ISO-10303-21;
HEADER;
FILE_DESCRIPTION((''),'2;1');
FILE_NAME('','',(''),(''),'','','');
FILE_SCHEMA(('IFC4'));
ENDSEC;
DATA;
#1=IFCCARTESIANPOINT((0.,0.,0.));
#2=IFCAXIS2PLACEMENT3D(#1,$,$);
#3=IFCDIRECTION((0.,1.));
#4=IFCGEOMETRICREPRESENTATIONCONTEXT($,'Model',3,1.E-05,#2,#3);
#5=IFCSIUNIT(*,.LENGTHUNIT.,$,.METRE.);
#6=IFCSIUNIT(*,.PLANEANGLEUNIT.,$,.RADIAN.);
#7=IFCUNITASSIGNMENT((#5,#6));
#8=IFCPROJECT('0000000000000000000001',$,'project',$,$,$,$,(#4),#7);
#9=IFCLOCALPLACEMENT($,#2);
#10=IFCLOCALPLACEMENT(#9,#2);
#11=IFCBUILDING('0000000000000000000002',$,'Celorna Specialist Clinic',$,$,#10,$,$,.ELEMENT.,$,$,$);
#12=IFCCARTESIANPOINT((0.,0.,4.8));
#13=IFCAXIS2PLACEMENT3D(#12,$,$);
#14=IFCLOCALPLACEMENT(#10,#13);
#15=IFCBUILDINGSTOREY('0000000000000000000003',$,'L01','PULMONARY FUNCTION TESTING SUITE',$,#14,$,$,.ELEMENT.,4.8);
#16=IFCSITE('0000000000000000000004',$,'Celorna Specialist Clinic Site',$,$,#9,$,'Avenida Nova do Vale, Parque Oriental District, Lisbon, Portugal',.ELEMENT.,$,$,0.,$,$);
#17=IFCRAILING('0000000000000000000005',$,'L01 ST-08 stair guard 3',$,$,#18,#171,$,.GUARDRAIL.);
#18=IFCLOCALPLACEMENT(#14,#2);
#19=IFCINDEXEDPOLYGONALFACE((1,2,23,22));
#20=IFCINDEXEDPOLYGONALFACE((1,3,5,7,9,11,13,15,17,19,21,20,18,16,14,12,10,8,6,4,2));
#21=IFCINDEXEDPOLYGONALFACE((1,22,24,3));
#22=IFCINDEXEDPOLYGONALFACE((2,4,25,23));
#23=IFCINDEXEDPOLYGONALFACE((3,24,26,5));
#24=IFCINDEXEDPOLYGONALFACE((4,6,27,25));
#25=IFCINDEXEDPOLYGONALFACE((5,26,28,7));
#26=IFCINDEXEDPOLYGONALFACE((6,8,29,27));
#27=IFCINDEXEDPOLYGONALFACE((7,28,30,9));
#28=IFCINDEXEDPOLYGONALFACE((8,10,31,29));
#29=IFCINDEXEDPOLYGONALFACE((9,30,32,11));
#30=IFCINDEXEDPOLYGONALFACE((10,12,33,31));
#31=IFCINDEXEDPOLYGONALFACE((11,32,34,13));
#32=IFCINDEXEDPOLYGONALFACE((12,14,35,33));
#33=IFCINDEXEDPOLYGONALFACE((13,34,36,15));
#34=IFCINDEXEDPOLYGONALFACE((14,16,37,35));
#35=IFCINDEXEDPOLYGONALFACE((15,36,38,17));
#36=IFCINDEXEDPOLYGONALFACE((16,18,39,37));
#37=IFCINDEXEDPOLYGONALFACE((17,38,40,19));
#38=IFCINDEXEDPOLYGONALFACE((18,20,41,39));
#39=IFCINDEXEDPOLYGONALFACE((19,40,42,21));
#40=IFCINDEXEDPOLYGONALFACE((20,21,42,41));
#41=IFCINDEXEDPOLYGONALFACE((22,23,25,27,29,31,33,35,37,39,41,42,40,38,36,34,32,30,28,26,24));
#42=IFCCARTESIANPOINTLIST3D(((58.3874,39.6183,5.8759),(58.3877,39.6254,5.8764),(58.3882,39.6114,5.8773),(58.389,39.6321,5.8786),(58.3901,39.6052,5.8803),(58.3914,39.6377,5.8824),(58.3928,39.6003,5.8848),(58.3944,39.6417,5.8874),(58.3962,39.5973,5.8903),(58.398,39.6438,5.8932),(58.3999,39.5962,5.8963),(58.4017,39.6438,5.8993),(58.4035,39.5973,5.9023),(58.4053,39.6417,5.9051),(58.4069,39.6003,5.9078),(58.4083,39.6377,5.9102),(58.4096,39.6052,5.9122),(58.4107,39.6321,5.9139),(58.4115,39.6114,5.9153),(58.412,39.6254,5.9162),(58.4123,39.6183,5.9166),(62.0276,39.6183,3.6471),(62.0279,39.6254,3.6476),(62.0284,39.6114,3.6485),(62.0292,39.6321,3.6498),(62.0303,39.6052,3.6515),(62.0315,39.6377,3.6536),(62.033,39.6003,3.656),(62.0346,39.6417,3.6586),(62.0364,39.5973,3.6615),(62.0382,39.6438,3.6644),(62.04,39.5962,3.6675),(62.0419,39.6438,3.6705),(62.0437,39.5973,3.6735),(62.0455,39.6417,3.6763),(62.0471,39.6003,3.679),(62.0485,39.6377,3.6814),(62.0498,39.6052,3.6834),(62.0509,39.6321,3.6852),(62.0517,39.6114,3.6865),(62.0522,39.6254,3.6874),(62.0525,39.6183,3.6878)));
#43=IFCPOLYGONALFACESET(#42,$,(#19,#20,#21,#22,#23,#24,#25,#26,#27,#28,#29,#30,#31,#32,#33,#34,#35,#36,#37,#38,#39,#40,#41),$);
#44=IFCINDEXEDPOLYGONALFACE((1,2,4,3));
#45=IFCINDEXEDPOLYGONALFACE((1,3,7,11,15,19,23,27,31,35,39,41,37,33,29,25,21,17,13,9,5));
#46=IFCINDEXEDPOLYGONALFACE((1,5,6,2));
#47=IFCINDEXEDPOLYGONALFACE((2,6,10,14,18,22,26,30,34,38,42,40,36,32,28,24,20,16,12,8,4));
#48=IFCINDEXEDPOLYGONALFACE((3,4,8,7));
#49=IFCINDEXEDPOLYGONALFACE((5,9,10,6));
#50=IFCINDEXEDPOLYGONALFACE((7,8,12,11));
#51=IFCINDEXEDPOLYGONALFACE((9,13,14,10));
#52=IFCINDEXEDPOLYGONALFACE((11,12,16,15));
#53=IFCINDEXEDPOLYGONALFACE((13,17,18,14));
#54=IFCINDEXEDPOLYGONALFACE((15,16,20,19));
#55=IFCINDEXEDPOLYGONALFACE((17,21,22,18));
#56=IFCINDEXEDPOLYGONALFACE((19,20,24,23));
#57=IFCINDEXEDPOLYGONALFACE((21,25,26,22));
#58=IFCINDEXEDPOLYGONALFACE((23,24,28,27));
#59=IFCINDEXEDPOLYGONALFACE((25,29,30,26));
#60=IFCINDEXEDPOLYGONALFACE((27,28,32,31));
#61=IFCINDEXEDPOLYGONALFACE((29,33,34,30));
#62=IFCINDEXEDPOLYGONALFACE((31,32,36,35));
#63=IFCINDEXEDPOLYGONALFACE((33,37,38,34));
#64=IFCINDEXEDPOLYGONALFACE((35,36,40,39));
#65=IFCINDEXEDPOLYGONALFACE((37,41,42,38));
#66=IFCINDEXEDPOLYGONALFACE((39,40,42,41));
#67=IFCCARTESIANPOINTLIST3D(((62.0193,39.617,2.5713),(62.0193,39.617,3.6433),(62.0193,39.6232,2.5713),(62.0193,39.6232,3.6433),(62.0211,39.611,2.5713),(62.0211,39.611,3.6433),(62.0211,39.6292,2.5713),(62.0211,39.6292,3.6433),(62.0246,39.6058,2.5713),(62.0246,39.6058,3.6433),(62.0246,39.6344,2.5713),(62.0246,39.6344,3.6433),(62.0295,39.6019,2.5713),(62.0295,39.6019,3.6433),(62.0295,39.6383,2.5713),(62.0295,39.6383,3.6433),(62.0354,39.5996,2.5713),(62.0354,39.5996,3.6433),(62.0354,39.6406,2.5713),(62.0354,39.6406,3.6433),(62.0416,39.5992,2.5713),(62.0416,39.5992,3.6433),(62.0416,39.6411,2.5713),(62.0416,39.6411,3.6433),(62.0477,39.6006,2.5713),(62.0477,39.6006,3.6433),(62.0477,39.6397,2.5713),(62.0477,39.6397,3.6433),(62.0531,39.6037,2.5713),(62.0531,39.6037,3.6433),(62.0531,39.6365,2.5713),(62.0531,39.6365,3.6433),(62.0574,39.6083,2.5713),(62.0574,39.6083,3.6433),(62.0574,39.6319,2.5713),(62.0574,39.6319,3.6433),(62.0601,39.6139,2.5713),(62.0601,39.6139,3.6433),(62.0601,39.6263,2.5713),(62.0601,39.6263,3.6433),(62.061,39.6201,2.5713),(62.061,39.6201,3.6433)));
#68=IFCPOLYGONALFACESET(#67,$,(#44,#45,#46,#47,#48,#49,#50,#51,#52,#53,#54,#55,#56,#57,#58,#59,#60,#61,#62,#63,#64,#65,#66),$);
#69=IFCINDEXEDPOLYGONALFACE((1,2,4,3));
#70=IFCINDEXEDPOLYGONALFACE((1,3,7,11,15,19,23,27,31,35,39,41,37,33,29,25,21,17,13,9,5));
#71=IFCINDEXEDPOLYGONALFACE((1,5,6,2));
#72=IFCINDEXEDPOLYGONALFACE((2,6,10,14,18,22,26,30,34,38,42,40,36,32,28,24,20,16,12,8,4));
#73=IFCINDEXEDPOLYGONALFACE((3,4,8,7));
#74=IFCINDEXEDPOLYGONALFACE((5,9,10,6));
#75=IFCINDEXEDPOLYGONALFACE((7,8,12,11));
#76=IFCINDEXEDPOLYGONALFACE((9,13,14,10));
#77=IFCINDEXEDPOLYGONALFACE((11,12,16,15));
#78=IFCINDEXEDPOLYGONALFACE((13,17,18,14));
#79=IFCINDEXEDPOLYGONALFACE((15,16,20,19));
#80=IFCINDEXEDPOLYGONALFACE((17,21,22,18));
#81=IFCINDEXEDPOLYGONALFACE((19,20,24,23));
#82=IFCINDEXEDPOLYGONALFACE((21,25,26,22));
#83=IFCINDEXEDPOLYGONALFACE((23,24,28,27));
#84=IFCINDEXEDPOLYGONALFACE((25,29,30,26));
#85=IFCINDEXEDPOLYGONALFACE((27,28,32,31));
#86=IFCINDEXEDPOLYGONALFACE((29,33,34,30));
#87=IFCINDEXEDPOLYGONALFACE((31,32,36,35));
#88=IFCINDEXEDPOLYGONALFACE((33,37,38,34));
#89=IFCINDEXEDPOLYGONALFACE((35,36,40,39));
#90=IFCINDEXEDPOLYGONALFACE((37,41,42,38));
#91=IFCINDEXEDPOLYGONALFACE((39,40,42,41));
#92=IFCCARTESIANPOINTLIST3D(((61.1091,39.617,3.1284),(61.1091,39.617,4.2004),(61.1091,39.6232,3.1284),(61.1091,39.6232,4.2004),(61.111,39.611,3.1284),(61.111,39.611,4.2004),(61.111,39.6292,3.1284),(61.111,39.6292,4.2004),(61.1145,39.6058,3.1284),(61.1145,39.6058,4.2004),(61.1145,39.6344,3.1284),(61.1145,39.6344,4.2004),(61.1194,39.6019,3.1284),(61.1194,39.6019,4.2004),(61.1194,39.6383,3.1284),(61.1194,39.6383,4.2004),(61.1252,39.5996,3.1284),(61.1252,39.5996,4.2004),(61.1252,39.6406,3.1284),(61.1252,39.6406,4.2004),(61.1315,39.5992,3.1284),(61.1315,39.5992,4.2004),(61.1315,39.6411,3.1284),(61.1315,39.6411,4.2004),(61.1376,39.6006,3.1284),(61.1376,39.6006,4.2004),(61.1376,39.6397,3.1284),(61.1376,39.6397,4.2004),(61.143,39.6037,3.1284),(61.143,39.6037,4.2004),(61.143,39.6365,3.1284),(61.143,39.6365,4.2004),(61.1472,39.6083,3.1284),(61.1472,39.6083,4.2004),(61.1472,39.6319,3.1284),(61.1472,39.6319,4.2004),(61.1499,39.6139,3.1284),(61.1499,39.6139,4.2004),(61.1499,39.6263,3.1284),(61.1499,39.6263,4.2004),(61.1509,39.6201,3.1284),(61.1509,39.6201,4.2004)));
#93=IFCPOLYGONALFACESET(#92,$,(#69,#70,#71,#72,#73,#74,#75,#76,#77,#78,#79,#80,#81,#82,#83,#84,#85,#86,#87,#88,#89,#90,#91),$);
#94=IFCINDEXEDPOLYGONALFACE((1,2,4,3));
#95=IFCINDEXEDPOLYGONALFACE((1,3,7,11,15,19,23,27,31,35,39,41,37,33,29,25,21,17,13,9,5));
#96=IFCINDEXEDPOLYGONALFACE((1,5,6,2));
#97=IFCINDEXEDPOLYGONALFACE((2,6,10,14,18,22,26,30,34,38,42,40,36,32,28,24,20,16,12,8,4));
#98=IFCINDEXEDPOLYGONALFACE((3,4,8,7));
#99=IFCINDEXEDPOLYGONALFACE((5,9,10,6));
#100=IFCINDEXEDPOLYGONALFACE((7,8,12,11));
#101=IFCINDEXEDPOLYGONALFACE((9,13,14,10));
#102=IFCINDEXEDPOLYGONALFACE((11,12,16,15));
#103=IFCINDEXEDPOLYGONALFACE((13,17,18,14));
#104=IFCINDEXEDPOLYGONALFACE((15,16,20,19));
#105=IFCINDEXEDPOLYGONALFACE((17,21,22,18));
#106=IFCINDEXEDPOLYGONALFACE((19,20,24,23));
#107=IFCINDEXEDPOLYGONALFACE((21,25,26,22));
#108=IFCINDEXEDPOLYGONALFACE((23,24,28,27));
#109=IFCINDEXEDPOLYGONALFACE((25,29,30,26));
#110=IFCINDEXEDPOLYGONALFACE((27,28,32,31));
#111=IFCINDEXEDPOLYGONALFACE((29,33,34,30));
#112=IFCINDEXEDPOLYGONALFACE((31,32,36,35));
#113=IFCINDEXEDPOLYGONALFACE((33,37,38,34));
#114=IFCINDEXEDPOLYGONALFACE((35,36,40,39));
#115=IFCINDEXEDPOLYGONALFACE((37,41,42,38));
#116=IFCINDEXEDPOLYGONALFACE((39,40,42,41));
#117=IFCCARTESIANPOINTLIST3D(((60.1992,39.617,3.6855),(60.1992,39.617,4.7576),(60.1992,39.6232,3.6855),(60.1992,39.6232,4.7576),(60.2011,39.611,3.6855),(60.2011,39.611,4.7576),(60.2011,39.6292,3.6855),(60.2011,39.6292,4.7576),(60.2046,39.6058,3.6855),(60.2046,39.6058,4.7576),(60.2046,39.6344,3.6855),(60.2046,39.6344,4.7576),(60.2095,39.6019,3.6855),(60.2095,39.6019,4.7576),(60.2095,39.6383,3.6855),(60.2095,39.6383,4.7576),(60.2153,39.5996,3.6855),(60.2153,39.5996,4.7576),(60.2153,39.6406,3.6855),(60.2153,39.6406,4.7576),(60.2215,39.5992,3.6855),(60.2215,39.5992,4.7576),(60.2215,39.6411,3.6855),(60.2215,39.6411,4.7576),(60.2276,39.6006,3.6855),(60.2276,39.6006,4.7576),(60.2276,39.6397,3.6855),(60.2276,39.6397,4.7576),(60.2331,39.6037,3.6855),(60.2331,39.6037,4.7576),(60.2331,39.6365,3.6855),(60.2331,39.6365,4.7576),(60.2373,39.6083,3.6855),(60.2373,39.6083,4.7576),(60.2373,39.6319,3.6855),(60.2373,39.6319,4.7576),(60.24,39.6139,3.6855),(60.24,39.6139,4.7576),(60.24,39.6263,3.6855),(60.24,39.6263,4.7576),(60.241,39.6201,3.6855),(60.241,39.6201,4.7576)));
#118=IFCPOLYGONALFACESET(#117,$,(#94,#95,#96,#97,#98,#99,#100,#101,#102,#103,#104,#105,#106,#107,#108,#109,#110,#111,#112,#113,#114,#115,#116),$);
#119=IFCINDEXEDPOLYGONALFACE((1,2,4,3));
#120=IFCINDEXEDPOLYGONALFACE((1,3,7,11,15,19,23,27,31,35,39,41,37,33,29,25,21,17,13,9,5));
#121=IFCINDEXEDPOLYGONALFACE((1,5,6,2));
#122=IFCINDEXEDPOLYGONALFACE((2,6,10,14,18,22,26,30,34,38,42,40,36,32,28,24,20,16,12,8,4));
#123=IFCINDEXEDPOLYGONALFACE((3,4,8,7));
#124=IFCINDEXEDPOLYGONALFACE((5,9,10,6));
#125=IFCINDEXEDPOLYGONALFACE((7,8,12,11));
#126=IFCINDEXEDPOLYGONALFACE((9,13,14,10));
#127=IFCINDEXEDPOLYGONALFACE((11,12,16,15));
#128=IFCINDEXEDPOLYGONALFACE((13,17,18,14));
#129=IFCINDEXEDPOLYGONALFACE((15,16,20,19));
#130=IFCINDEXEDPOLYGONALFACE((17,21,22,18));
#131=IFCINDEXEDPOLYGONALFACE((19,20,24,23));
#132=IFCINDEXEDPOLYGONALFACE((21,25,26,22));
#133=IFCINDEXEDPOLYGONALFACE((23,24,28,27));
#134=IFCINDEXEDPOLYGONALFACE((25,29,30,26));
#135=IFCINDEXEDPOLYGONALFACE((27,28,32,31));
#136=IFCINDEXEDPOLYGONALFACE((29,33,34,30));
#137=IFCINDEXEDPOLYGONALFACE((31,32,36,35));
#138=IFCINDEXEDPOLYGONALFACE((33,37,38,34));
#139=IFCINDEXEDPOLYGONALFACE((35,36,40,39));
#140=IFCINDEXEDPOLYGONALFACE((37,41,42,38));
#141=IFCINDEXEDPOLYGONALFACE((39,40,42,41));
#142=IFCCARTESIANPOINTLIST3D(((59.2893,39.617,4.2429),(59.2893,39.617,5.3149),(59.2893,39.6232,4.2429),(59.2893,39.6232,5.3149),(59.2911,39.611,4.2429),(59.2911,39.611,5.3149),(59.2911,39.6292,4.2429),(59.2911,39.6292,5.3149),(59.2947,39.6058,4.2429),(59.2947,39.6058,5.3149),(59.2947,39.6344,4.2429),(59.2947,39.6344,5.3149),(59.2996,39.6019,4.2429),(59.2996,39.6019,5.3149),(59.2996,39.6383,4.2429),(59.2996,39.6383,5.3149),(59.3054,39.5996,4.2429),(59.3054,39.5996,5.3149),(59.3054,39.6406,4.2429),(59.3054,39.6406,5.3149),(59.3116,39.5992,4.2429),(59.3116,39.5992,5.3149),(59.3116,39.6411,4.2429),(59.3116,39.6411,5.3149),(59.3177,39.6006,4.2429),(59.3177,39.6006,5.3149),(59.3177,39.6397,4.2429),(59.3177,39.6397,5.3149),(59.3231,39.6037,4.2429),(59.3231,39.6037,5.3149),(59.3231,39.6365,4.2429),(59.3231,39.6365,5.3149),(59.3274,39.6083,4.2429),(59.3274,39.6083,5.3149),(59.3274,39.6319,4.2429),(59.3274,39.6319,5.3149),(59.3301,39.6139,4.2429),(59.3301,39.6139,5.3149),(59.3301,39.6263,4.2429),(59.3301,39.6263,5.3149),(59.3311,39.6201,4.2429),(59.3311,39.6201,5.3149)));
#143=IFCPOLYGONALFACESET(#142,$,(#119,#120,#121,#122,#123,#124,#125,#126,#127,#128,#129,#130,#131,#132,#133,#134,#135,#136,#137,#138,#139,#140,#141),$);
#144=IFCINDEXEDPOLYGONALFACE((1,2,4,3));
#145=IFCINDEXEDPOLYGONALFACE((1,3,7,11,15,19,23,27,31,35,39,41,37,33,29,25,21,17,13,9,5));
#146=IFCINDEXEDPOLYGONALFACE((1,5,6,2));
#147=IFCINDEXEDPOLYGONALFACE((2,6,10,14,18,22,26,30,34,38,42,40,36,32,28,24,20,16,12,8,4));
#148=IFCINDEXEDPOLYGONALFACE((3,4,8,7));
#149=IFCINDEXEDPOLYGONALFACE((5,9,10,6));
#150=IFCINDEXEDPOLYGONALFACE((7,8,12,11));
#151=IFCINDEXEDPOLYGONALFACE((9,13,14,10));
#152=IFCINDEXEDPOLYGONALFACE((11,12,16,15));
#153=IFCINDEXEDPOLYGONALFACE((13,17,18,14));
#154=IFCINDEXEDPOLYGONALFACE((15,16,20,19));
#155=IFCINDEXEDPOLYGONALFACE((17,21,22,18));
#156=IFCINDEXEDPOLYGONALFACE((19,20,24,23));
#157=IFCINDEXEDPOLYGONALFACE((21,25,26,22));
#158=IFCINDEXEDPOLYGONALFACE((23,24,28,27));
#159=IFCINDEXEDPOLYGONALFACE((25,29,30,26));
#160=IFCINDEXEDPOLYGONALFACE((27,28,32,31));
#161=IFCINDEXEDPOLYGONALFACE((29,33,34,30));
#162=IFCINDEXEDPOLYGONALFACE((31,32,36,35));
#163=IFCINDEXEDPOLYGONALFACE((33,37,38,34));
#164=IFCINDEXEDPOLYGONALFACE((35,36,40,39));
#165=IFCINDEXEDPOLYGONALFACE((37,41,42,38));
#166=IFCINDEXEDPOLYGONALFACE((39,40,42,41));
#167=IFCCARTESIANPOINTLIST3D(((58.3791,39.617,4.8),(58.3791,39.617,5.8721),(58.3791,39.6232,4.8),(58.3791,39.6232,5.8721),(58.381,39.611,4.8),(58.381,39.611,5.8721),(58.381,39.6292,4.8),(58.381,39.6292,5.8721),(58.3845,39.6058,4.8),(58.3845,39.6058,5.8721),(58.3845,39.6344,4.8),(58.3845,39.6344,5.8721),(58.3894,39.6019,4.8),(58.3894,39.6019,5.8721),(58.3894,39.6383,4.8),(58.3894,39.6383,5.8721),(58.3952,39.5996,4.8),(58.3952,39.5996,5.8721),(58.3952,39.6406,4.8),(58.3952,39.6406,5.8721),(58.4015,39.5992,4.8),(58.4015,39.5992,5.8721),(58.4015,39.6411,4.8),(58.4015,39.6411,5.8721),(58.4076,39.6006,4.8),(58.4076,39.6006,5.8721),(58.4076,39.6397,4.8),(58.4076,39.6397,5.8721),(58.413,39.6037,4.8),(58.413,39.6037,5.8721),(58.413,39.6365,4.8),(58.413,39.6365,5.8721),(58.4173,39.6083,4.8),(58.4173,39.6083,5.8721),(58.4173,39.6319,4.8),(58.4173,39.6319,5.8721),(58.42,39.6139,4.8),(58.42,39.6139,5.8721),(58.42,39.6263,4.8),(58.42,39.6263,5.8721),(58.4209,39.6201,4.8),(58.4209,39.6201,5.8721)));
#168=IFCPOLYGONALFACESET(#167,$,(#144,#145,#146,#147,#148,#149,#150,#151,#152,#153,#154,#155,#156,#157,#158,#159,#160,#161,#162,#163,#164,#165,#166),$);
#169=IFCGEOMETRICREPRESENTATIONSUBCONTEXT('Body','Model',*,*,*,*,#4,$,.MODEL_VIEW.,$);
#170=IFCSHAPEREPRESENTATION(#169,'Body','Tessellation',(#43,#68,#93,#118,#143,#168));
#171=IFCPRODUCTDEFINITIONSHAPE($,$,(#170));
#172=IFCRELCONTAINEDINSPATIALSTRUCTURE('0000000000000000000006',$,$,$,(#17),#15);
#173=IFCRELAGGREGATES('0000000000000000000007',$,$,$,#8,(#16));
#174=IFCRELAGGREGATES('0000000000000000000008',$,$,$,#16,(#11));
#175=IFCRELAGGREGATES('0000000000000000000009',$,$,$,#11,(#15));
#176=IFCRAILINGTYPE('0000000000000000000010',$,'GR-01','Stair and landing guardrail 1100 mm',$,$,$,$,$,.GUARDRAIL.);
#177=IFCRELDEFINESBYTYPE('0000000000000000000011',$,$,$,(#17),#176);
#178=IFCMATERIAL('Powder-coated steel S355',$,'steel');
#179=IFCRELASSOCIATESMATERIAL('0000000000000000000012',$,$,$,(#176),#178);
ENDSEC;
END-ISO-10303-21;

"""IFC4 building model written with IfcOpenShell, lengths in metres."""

from ifc_helpers import new_model, si_unit, direction, frame, origin, origin_2d, place, context, subcontext, project, spatial, circle, extrude, material, type_object, element, save


model = new_model("IFC4")

# Units and contexts
model_context = context("Model", 3, precision=1e-05, world=origin(), true_north=direction((0.0, 1.0)))
body_context = subcontext(model_context, "Body", "Model", "MODEL_VIEW")
ifc_project = project(units=[si_unit("LENGTHUNIT", "METRE"), si_unit("PLANEANGLEUNIT", "RADIAN")], contexts=[model_context])

# Site, building, storey
site_placement = place(None, origin())
site = spatial("IfcSite", under=ifc_project, at=site_placement, Name="Celorna Specialist Clinic Site", LongName="Avenida Nova do Vale, Parque Oriental District, Lisbon, Portugal", CompositionType="ELEMENT", RefElevation=0.0)
building_placement = place(site_placement, origin())
building = spatial("IfcBuilding", under=site, at=building_placement, Name="Celorna Specialist Clinic", CompositionType="ELEMENT")
storey_placement = place(building_placement, frame((0.0, 0.0, 4.8)))
storey = spatial("IfcBuildingStorey", under=building, at=storey_placement, Name="L01", Description="PULMONARY FUNCTION TESTING SUITE", CompositionType="ELEMENT", Elevation=4.8)

# Railing
ifc_material_1 = material(Name="Powder-coated steel S355", Category="steel")
railing_type_1 = type_object("IfcRailingType", Name="GR-01", Description="Stair and landing guardrail 1100 mm", PredefinedType="GUARDRAIL", material=ifc_material_1)
railing_1_placement = place(storey_placement, frame((62.04, 39.6201, 2.5713)))
element("IfcRailing", 1, at=railing_1_placement, inside=storey, type_object=railing_type_1, Name="L01 ST-08 stair guard 3", PredefinedType="GUARDRAIL", context=body_context, shape_type="SweptSolid", body=[
    extrude(circle(Radius=0.0239, at=origin_2d()), frame((0.0, 0.0, 1.0962), z_axis=(-0.85284, 0.0, 0.522172), x_axis=(0.0, -1.0, 0.0)), (0.0, 0.0, 1.0), 4.2683),
    extrude(circle(Radius=0.021, at=origin_2d()), origin(), (0.0, 0.0, 1.0), 1.072),
    extrude(circle(Radius=0.021, at=origin_2d()), frame((-0.9102, 0.0, 0.5571)), (0.0, 0.0, 1.0), 1.072),
    extrude(circle(Radius=0.021, at=origin_2d()), frame((-1.8201, 0.0, 1.1143)), (0.0, 0.0, 1.0), 1.072),
    extrude(circle(Radius=0.021, at=origin_2d()), frame((-2.73, 0.0, 1.6716)), (0.0, 0.0, 1.0), 1.072),
    extrude(circle(Radius=0.021, at=origin_2d()), frame((-3.6401, 0.0, 2.2288)), (0.0, 0.0, 1.0), 1.072),
])

save(model, "model.ifc")
